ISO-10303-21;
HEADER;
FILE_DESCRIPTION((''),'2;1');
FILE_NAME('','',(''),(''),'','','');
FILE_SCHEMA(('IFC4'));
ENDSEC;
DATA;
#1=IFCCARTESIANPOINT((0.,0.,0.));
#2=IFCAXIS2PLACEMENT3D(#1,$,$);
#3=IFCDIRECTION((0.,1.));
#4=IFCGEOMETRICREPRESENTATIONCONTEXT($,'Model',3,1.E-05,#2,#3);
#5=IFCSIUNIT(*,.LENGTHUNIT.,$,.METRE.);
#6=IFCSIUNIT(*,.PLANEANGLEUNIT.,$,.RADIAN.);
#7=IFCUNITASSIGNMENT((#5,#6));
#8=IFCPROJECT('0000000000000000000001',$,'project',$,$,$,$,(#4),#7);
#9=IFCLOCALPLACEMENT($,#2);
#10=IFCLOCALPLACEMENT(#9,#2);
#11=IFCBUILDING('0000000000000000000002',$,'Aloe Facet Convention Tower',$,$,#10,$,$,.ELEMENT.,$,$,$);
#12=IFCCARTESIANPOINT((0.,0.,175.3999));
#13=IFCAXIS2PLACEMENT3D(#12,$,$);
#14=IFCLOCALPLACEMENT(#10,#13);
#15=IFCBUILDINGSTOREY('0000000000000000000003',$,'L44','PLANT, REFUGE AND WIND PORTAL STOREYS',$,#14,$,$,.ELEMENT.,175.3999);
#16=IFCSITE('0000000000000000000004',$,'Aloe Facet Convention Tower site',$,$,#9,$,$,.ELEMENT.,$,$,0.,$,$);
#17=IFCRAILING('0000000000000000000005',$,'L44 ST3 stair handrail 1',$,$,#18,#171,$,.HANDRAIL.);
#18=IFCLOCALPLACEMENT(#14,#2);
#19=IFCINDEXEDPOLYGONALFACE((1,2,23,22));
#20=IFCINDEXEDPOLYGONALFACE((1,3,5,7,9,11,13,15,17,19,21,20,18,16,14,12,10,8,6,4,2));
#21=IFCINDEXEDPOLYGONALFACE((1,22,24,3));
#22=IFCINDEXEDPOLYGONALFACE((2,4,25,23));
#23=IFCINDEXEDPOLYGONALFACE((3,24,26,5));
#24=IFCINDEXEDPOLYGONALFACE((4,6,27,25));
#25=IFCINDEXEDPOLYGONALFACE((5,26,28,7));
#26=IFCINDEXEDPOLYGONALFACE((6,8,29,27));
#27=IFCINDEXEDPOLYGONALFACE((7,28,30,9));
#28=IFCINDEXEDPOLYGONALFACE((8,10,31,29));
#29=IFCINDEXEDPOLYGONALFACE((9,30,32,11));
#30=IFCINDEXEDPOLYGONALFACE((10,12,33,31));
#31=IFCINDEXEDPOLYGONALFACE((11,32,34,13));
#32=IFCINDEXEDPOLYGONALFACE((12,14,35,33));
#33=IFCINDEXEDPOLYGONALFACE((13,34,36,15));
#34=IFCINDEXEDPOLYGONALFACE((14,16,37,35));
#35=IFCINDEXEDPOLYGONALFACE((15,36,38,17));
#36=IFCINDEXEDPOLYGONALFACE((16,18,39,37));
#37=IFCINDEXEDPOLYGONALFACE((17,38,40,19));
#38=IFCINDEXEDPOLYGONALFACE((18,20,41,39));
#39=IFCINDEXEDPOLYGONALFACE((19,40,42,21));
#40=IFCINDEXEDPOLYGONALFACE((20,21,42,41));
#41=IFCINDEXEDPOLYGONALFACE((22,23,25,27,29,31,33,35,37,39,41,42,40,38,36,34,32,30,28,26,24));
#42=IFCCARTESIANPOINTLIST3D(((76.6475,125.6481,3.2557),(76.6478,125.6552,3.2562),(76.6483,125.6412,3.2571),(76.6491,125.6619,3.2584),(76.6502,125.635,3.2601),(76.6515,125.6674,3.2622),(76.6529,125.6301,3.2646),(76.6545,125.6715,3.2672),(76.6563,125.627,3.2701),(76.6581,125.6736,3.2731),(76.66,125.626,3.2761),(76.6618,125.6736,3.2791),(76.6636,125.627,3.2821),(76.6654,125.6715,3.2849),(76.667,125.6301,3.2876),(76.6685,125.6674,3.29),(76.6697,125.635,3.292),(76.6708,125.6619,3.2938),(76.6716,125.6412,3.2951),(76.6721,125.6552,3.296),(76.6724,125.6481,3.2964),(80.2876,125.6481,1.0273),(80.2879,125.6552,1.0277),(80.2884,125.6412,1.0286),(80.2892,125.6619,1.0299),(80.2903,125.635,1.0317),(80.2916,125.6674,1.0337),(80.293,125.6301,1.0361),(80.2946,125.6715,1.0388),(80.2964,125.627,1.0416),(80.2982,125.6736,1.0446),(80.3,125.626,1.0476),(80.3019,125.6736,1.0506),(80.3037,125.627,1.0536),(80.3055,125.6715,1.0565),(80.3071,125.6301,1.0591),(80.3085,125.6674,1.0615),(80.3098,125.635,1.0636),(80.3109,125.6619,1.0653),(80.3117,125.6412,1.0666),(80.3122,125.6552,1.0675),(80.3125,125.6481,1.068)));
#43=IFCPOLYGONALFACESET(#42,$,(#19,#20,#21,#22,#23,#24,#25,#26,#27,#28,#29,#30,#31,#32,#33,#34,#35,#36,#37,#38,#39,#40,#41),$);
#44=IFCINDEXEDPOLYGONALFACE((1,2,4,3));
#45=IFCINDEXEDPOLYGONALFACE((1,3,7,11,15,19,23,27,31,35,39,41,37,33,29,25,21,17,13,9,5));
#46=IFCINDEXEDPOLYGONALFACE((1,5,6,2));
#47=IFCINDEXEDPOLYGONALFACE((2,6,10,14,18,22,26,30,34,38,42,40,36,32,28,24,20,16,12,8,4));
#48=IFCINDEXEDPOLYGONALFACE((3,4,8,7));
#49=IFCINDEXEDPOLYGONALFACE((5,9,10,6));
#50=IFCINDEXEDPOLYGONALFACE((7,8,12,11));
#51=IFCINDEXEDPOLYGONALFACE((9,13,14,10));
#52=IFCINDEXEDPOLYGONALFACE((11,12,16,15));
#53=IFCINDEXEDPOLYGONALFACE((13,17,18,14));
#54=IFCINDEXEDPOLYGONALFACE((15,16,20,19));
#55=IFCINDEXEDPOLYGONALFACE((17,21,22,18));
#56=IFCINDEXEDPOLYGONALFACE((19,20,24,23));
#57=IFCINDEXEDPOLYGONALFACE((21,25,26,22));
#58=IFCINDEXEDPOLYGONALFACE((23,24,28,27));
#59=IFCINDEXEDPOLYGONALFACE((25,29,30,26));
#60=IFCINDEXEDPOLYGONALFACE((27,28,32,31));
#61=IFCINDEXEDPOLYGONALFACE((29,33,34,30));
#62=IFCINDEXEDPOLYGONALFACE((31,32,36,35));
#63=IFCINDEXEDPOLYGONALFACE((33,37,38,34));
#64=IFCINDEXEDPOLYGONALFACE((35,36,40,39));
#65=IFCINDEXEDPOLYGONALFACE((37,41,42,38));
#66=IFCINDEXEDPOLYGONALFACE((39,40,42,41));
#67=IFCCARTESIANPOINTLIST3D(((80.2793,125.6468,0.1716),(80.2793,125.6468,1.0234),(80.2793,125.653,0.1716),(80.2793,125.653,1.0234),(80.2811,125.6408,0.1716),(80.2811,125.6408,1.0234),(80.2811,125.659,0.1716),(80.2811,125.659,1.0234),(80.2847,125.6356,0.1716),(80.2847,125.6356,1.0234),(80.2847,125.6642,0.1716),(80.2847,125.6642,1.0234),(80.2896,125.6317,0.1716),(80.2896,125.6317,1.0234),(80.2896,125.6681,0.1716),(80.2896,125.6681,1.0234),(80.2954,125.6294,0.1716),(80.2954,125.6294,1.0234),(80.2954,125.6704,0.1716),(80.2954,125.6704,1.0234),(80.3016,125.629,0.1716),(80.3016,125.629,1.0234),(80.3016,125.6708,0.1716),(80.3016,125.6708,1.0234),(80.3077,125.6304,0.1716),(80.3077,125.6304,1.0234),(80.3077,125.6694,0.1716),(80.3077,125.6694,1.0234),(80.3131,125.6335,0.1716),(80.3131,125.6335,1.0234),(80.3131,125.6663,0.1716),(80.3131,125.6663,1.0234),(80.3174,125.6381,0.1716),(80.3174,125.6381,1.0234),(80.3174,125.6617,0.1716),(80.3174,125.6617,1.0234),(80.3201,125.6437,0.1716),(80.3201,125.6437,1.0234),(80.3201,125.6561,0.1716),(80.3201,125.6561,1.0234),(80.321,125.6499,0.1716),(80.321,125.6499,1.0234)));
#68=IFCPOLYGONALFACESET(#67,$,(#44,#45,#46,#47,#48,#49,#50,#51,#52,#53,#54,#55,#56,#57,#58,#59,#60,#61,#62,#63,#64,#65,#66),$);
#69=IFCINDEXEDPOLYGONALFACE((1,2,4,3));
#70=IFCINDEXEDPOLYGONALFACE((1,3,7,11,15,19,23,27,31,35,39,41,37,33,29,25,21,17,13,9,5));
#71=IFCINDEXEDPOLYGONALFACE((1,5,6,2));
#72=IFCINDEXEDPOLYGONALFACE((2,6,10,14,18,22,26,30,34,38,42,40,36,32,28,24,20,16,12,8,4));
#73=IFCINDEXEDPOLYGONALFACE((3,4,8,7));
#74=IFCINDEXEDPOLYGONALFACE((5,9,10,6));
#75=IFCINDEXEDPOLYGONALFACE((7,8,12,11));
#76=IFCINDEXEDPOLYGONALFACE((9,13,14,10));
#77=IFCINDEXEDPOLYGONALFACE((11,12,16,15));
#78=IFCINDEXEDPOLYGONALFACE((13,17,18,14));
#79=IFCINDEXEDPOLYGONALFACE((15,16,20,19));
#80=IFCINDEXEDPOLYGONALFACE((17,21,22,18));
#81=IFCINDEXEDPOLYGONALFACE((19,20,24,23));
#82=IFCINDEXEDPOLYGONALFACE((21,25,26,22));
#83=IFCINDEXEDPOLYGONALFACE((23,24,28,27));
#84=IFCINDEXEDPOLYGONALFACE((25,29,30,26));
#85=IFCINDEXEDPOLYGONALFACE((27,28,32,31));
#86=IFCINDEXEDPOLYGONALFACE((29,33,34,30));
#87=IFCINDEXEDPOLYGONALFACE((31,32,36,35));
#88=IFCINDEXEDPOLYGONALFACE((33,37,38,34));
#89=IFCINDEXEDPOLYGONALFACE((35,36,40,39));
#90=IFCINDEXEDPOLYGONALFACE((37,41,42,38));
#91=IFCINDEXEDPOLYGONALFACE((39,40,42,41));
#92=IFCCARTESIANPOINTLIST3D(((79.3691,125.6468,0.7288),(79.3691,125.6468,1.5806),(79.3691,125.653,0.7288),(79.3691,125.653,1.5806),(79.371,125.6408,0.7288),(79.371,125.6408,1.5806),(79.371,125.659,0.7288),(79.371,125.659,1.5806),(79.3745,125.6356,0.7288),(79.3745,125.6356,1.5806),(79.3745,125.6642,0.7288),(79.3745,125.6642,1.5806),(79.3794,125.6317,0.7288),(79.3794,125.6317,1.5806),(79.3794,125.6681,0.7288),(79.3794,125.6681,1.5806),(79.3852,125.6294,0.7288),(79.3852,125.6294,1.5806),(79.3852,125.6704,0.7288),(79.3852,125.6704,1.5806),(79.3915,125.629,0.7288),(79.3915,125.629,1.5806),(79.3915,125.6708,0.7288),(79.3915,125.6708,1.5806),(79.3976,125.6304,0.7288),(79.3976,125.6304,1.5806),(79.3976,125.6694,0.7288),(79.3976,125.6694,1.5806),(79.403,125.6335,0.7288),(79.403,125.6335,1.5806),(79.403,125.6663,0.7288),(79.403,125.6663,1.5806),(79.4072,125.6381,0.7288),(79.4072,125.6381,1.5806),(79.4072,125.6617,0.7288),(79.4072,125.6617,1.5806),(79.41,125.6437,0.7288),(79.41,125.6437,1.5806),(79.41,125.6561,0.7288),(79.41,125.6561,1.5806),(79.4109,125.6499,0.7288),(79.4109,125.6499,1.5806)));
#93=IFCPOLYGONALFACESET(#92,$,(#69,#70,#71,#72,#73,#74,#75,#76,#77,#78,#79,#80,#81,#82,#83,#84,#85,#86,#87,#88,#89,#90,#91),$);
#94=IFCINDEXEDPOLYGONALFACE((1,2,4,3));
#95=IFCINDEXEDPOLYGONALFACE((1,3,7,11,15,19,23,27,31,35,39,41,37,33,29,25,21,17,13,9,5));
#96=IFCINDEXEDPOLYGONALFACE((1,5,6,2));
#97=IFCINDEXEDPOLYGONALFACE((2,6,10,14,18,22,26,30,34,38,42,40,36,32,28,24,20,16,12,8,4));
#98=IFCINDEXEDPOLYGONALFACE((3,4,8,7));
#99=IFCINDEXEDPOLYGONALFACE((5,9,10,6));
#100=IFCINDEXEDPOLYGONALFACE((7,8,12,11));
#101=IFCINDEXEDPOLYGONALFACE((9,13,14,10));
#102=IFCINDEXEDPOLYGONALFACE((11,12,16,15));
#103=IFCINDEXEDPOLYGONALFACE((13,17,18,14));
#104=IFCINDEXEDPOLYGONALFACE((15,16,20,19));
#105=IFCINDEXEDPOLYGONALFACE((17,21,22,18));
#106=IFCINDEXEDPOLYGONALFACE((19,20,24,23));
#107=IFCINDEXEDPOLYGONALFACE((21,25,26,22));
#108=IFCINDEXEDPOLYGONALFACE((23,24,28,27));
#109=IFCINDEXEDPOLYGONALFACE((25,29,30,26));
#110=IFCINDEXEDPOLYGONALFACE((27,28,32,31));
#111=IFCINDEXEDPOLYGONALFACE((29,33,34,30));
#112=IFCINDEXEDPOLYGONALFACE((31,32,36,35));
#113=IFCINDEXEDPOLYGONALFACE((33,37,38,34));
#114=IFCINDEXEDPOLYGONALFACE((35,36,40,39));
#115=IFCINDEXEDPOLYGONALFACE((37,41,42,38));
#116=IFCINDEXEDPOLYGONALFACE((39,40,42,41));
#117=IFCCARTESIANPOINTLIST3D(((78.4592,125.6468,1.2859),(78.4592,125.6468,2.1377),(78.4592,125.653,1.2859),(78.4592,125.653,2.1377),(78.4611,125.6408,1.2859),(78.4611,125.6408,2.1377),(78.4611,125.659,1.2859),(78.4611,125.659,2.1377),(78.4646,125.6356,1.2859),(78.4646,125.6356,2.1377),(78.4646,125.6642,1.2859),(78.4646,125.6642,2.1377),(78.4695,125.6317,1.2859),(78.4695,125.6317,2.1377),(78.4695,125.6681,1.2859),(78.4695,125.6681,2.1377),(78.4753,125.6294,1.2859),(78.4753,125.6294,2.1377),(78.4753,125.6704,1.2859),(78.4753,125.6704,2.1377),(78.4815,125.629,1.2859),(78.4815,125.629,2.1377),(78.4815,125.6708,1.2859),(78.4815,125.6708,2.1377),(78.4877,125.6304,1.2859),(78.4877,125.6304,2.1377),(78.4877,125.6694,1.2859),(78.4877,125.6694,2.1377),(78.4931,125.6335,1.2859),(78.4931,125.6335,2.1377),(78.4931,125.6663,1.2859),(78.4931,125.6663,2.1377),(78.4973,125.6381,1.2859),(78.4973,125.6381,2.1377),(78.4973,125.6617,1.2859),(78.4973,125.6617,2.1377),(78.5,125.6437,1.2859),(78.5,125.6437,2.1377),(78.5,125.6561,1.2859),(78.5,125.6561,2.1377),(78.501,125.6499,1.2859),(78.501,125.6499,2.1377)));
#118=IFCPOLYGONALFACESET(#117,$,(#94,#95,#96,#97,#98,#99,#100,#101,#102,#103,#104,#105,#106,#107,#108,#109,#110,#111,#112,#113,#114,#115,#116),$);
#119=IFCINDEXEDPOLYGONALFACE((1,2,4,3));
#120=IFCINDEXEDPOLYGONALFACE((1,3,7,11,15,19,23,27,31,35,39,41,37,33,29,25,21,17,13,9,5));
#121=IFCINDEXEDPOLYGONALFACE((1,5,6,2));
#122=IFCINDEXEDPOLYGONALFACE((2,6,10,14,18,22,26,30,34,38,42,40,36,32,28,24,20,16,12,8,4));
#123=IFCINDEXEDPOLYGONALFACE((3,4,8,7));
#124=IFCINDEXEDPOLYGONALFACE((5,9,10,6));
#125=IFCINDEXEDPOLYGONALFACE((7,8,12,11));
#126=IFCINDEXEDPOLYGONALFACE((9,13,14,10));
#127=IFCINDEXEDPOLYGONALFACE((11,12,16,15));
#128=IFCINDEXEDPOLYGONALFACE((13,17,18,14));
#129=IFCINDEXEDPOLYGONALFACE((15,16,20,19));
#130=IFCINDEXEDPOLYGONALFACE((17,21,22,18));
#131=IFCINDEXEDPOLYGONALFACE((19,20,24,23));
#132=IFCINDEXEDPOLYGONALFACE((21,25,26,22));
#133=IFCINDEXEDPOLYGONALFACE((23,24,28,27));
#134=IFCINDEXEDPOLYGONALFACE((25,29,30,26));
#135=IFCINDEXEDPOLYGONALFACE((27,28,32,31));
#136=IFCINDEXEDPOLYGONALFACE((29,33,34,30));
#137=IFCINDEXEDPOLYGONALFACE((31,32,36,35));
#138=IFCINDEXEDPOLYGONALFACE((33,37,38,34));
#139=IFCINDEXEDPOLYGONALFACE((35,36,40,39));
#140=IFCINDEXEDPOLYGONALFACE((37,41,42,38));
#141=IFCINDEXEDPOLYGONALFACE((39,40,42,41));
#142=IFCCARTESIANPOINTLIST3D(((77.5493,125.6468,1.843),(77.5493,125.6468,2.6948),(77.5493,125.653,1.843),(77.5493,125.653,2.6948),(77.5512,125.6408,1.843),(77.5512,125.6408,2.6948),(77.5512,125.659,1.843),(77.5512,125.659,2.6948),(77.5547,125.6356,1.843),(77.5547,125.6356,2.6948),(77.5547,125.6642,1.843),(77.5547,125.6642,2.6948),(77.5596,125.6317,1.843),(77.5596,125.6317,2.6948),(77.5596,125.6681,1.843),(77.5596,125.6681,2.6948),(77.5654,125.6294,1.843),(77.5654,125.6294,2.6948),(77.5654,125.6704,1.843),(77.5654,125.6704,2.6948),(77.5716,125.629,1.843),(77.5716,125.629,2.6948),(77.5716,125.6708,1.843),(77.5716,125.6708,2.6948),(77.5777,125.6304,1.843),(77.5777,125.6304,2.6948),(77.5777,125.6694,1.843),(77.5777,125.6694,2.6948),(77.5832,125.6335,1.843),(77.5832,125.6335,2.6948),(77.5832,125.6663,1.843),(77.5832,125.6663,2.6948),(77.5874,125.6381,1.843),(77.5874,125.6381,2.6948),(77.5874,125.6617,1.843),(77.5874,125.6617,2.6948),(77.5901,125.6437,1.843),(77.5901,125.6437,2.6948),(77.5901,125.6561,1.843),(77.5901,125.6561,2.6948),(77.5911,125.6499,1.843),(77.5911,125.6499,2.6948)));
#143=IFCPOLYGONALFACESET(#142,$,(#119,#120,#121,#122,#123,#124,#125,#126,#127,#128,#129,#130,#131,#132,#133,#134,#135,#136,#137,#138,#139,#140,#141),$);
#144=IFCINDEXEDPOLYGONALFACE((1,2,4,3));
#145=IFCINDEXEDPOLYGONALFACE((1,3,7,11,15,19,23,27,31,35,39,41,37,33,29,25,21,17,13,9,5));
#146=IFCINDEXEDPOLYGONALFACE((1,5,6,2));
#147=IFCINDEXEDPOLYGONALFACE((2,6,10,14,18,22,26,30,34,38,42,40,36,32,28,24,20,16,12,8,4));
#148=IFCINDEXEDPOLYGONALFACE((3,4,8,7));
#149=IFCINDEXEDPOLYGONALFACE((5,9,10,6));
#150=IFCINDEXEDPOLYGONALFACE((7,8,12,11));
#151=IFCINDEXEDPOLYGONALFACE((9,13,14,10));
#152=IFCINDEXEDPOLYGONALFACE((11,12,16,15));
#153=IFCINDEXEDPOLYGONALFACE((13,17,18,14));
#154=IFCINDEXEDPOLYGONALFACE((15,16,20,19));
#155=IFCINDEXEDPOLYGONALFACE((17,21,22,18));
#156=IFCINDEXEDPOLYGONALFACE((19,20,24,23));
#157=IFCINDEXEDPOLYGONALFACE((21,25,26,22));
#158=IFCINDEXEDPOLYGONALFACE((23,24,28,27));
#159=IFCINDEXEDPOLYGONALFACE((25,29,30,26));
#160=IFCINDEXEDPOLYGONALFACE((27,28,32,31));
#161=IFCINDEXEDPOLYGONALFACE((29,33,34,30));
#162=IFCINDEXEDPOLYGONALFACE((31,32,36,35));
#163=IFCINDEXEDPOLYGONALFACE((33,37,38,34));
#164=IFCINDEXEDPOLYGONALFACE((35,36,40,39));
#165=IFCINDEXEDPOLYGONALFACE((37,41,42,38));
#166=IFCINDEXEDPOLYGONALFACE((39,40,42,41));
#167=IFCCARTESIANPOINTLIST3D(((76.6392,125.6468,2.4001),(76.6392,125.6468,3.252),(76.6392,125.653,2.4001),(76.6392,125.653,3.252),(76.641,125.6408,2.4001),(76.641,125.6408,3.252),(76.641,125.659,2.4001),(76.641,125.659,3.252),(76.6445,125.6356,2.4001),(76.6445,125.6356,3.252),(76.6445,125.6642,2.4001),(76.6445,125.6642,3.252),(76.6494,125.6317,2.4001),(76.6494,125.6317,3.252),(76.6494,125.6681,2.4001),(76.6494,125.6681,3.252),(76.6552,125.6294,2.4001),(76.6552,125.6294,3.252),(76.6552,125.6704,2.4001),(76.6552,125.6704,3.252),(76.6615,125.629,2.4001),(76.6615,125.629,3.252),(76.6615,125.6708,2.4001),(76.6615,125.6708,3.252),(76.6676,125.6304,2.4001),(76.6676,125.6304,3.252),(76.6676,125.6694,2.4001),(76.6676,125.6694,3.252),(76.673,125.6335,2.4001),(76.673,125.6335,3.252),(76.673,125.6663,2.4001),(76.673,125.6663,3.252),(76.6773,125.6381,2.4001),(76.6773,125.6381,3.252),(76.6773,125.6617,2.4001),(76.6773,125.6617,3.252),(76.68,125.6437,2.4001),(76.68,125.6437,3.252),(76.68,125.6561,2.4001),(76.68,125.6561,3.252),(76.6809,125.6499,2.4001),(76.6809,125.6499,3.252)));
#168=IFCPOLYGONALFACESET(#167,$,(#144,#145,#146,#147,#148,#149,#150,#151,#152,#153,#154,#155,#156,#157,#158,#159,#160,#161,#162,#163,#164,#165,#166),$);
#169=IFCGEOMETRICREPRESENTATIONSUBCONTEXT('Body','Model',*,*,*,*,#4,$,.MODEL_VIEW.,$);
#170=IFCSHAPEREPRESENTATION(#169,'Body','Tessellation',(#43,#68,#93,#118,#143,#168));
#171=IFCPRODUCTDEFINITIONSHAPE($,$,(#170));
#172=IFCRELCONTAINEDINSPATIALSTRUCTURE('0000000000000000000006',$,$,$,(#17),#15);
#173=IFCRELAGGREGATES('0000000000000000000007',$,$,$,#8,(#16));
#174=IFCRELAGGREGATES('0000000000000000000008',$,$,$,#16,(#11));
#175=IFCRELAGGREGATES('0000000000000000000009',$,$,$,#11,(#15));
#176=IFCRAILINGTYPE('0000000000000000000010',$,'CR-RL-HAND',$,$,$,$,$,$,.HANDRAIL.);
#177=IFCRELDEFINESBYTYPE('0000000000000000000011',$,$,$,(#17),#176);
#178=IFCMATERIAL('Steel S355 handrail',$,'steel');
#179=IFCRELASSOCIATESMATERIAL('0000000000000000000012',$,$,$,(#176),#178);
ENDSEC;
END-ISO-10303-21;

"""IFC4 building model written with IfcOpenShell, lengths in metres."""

from ifc_helpers import new_model, si_unit, direction, frame, origin, origin_2d, place, context, subcontext, project, spatial, circle, extrude, material, type_object, element, save


model = new_model("IFC4")

# Units and contexts
model_context = context("Model", 3, precision=1e-05, world=origin(), true_north=direction((0.0, 1.0)))
body_context = subcontext(model_context, "Body", "Model", "MODEL_VIEW")
ifc_project = project(units=[si_unit("LENGTHUNIT", "METRE"), si_unit("PLANEANGLEUNIT", "RADIAN")], contexts=[model_context])

# Site, building, storey
site_placement = place(None, origin())
site = spatial("IfcSite", under=ifc_project, at=site_placement, Name="Aloe Facet Convention Tower site", CompositionType="ELEMENT", RefElevation=0.0)
building_placement = place(site_placement, origin())
building = spatial("IfcBuilding", under=site, at=building_placement, Name="Aloe Facet Convention Tower", CompositionType="ELEMENT")
storey_placement = place(building_placement, frame((0.0, 0.0, 175.3999)))
storey = spatial("IfcBuildingStorey", under=building, at=storey_placement, Name="L44", Description="PLANT, REFUGE AND WIND PORTAL STOREYS", CompositionType="ELEMENT", Elevation=175.3999)

# Railing
ifc_material_1 = material(Name="Steel S355 handrail", Category="steel")
railing_type_1 = type_object("IfcRailingType", Name="CR-RL-HAND", PredefinedType="HANDRAIL", material=ifc_material_1)
railing_1_placement = place(storey_placement, frame((80.3, 125.6499, 0.1716)))
element("IfcRailing", 1, at=railing_1_placement, inside=storey, type_object=railing_type_1, Name="L44 ST3 stair handrail 1", PredefinedType="HANDRAIL", context=body_context, shape_type="SweptSolid", body=[
    extrude(circle(Radius=0.0239, at=origin_2d()), frame((0.0, 0.0, 0.876), z_axis=(-0.852866, 0.0, 0.52213), x_axis=(0.0, -1.0, 0.0)), (0.0, 0.0, 1.0), 4.2681),
    extrude(circle(Radius=0.021, at=origin_2d()), origin(), (0.0, 0.0, 1.0), 0.8518),
    extrude(circle(Radius=0.021, at=origin_2d()), frame((-0.9102, 0.0, 0.5571)), (0.0, 0.0, 1.0), 0.8518),
    extrude(circle(Radius=0.021, at=origin_2d()), frame((-1.8201, 0.0, 1.1143)), (0.0, 0.0, 1.0), 0.8518),
    extrude(circle(Radius=0.021, at=origin_2d()), frame((-2.73, 0.0, 1.6714)), (0.0, 0.0, 1.0), 0.8518),
    extrude(circle(Radius=0.021, at=origin_2d()), frame((-3.6401, 0.0, 2.2285)), (0.0, 0.0, 1.0), 0.8518),
])

save(model, "model.ifc")
